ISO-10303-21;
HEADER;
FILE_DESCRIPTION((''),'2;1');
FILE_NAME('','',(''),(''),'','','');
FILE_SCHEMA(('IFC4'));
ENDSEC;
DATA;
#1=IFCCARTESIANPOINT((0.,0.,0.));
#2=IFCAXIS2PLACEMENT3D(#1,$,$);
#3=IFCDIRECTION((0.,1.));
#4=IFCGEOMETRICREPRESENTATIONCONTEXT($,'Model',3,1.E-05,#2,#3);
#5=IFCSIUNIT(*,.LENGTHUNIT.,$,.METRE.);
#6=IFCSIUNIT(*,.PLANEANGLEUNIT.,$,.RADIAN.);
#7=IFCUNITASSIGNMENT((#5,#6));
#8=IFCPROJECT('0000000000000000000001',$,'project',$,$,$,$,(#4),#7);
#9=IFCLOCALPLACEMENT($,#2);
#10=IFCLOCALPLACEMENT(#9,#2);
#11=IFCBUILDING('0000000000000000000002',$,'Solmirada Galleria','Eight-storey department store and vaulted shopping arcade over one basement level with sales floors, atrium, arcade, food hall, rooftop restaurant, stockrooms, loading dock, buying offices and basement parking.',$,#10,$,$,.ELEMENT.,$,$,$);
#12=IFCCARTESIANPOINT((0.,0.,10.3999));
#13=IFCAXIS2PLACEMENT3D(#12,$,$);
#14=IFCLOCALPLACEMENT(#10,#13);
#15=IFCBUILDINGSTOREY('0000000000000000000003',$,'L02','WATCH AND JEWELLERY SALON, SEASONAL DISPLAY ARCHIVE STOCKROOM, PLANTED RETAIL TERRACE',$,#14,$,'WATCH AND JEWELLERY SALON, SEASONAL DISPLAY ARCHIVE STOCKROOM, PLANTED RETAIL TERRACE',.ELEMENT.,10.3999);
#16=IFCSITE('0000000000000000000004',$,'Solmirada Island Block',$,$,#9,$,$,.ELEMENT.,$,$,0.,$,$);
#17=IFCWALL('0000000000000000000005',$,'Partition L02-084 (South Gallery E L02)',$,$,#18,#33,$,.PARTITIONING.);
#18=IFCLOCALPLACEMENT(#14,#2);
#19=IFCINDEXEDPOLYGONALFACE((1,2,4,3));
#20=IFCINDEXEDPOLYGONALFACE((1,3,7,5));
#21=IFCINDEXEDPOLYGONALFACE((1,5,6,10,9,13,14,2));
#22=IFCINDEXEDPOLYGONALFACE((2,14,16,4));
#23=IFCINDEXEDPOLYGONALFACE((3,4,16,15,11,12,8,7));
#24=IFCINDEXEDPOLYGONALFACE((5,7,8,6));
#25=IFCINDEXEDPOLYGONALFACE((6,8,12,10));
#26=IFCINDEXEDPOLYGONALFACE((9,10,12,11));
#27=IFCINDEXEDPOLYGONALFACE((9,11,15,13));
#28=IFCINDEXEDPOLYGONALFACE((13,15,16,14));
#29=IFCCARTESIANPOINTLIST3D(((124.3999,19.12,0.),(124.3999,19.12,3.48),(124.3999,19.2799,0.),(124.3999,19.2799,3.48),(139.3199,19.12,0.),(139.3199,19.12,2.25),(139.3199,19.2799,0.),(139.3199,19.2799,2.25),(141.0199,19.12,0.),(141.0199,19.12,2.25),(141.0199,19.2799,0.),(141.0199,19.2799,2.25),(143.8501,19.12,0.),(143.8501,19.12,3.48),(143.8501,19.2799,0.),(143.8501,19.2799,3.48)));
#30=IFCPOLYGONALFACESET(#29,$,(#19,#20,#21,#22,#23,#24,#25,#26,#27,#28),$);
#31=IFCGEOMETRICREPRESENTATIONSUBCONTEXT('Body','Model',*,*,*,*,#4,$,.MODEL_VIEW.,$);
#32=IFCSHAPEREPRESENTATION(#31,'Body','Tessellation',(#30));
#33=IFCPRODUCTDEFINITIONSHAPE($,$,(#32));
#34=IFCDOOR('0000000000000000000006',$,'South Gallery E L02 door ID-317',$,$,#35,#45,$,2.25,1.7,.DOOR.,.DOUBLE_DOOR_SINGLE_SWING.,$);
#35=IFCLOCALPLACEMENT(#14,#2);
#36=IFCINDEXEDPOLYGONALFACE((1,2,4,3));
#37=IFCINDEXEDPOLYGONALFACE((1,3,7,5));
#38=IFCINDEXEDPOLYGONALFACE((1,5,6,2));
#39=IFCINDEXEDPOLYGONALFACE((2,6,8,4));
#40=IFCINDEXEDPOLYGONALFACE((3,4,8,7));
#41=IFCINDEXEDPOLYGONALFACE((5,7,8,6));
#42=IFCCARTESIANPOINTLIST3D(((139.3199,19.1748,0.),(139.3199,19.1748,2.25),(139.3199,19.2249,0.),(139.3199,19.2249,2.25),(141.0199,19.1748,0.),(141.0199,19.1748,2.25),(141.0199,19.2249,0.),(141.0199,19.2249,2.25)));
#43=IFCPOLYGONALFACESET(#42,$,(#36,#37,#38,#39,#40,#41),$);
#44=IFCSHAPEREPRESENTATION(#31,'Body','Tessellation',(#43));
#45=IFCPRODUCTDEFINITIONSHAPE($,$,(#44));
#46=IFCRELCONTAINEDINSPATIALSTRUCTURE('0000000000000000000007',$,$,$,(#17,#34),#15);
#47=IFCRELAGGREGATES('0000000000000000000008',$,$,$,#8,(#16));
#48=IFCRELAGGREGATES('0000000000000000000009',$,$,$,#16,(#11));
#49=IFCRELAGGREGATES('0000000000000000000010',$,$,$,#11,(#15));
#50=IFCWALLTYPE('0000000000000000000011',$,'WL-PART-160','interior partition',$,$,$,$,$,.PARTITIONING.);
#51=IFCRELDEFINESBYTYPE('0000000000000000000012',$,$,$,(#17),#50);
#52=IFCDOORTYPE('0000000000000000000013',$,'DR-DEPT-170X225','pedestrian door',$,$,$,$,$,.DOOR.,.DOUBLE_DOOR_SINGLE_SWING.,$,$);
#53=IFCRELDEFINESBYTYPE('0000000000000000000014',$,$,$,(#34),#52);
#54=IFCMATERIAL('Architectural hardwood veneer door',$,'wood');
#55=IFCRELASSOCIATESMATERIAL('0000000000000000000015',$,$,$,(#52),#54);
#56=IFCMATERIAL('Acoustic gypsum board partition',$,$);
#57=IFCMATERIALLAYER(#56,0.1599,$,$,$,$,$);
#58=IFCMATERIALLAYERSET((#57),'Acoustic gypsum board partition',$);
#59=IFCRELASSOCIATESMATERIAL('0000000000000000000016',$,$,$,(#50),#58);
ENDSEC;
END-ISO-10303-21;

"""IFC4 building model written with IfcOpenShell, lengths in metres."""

from ifc_helpers import new_model, si_unit, direction, frame, frame_2d, origin, place, context, subcontext, project, spatial, rectangle, extrude, material, layer, layer_set, type_object, element, fill, save


model = new_model("IFC4")

# Units and contexts
model_context = context("Model", 3, precision=1e-05, world=origin(), true_north=direction((0.0, 1.0)))
body_context = subcontext(model_context, "Body", "Model", "MODEL_VIEW")
ifc_project = project(units=[si_unit("LENGTHUNIT", "METRE"), si_unit("PLANEANGLEUNIT", "RADIAN")], contexts=[model_context])

# Site, building, storey
site_placement = place(None, origin())
site = spatial("IfcSite", under=ifc_project, at=site_placement, Name="Solmirada Island Block", CompositionType="ELEMENT", RefElevation=0.0)
building_placement = place(site_placement, origin())
building = spatial("IfcBuilding", under=site, at=building_placement, Name="Solmirada Galleria", Description="Eight-storey department store and vaulted shopping arcade over one basement level with sales floors, atrium, arcade, food hall, rooftop restaurant, stockrooms, loading dock, buying offices and basement parking.", CompositionType="ELEMENT")
storey_placement = place(building_placement, frame((0.0, 0.0, 10.3999)))
storey = spatial("IfcBuildingStorey", under=building, at=storey_placement, Name="L02", Description="WATCH AND JEWELLERY SALON, SEASONAL DISPLAY ARCHIVE STOCKROOM, PLANTED RETAIL TERRACE", LongName="WATCH AND JEWELLERY SALON, SEASONAL DISPLAY ARCHIVE STOCKROOM, PLANTED RETAIL TERRACE", CompositionType="ELEMENT", Elevation=10.3999)

# Wall, opening, door
ifc_material_1 = material(Name="Acoustic gypsum board partition")
ifc_material_2 = material(Name="Architectural hardwood veneer door", Category="wood")
door_type = type_object("IfcDoorType", Name="DR-DEPT-170X225", Description="pedestrian door", OperationType="DOUBLE_DOOR_SINGLE_SWING", PredefinedType="DOOR", material=ifc_material_2)
ifc_layer_1 = layer(ifc_material_1, 0.1599)
ifc_layer_set_1 = layer_set([ifc_layer_1], Name="Acoustic gypsum board partition")
wall_type_1 = type_object("IfcWallType", Name="WL-PART-160", Description="interior partition", PredefinedType="PARTITIONING", material=ifc_layer_set_1)
wall_1_placement = place(storey_placement, frame((124.3999, 19.2, 0.0), z_axis=(0.0, 0.0, 1.0), x_axis=(1.0, 0.0, 0.0)))
wall_1 = element("IfcWall", 1, at=wall_1_placement, inside=storey, type_object=wall_type_1, Name="Partition L02-084 (South Gallery E L02)", PredefinedType="PARTITIONING", context=body_context, shape_type="SweptSolid", body=[
    extrude(rectangle(XDim=19.4502, YDim=0.1599, at=frame_2d((9.7251, 0.0))), origin(), (0.0, 0.0, 1.0), 3.48),
])
opening_1_placement = place(wall_1_placement, frame((14.9199, 0.0, 0.0)))
opening_1 = element("IfcOpeningElement", 2, at=opening_1_placement, cuts=wall_1, PredefinedType="OPENING", context=body_context, shape_type="SweptSolid", body=[
    extrude(rectangle(XDim=1.7, YDim=2.25, at=frame_2d((0.8501, 1.125))), frame((0.0, 0.0898, 0.0), z_axis=(0.0, -1.0, 0.0), x_axis=(1.0, 0.0, 0.0)), (0.0, 0.0, 1.0), 0.1799),
])
door_1_placement = place(opening_1_placement, origin())
door_1 = element("IfcDoor", 3, at=door_1_placement, inside=storey, type_object=door_type, Name="South Gallery E L02 door ID-317", OperationType="DOUBLE_DOOR_SINGLE_SWING", OverallHeight=2.25, OverallWidth=1.7, PredefinedType="DOOR", context=body_context, shape_type="SweptSolid", body=[
    extrude(rectangle(XDim=1.7, YDim=2.25, at=frame_2d((0.8501, 1.125))), frame((0.0, 0.0249, 0.0), z_axis=(0.0, -1.0, 0.0), x_axis=(1.0, 0.0, 0.0)), (0.0, 0.0, 1.0), 0.05),
])
fill(opening_1, door_1)

save(model, "model.ifc")
